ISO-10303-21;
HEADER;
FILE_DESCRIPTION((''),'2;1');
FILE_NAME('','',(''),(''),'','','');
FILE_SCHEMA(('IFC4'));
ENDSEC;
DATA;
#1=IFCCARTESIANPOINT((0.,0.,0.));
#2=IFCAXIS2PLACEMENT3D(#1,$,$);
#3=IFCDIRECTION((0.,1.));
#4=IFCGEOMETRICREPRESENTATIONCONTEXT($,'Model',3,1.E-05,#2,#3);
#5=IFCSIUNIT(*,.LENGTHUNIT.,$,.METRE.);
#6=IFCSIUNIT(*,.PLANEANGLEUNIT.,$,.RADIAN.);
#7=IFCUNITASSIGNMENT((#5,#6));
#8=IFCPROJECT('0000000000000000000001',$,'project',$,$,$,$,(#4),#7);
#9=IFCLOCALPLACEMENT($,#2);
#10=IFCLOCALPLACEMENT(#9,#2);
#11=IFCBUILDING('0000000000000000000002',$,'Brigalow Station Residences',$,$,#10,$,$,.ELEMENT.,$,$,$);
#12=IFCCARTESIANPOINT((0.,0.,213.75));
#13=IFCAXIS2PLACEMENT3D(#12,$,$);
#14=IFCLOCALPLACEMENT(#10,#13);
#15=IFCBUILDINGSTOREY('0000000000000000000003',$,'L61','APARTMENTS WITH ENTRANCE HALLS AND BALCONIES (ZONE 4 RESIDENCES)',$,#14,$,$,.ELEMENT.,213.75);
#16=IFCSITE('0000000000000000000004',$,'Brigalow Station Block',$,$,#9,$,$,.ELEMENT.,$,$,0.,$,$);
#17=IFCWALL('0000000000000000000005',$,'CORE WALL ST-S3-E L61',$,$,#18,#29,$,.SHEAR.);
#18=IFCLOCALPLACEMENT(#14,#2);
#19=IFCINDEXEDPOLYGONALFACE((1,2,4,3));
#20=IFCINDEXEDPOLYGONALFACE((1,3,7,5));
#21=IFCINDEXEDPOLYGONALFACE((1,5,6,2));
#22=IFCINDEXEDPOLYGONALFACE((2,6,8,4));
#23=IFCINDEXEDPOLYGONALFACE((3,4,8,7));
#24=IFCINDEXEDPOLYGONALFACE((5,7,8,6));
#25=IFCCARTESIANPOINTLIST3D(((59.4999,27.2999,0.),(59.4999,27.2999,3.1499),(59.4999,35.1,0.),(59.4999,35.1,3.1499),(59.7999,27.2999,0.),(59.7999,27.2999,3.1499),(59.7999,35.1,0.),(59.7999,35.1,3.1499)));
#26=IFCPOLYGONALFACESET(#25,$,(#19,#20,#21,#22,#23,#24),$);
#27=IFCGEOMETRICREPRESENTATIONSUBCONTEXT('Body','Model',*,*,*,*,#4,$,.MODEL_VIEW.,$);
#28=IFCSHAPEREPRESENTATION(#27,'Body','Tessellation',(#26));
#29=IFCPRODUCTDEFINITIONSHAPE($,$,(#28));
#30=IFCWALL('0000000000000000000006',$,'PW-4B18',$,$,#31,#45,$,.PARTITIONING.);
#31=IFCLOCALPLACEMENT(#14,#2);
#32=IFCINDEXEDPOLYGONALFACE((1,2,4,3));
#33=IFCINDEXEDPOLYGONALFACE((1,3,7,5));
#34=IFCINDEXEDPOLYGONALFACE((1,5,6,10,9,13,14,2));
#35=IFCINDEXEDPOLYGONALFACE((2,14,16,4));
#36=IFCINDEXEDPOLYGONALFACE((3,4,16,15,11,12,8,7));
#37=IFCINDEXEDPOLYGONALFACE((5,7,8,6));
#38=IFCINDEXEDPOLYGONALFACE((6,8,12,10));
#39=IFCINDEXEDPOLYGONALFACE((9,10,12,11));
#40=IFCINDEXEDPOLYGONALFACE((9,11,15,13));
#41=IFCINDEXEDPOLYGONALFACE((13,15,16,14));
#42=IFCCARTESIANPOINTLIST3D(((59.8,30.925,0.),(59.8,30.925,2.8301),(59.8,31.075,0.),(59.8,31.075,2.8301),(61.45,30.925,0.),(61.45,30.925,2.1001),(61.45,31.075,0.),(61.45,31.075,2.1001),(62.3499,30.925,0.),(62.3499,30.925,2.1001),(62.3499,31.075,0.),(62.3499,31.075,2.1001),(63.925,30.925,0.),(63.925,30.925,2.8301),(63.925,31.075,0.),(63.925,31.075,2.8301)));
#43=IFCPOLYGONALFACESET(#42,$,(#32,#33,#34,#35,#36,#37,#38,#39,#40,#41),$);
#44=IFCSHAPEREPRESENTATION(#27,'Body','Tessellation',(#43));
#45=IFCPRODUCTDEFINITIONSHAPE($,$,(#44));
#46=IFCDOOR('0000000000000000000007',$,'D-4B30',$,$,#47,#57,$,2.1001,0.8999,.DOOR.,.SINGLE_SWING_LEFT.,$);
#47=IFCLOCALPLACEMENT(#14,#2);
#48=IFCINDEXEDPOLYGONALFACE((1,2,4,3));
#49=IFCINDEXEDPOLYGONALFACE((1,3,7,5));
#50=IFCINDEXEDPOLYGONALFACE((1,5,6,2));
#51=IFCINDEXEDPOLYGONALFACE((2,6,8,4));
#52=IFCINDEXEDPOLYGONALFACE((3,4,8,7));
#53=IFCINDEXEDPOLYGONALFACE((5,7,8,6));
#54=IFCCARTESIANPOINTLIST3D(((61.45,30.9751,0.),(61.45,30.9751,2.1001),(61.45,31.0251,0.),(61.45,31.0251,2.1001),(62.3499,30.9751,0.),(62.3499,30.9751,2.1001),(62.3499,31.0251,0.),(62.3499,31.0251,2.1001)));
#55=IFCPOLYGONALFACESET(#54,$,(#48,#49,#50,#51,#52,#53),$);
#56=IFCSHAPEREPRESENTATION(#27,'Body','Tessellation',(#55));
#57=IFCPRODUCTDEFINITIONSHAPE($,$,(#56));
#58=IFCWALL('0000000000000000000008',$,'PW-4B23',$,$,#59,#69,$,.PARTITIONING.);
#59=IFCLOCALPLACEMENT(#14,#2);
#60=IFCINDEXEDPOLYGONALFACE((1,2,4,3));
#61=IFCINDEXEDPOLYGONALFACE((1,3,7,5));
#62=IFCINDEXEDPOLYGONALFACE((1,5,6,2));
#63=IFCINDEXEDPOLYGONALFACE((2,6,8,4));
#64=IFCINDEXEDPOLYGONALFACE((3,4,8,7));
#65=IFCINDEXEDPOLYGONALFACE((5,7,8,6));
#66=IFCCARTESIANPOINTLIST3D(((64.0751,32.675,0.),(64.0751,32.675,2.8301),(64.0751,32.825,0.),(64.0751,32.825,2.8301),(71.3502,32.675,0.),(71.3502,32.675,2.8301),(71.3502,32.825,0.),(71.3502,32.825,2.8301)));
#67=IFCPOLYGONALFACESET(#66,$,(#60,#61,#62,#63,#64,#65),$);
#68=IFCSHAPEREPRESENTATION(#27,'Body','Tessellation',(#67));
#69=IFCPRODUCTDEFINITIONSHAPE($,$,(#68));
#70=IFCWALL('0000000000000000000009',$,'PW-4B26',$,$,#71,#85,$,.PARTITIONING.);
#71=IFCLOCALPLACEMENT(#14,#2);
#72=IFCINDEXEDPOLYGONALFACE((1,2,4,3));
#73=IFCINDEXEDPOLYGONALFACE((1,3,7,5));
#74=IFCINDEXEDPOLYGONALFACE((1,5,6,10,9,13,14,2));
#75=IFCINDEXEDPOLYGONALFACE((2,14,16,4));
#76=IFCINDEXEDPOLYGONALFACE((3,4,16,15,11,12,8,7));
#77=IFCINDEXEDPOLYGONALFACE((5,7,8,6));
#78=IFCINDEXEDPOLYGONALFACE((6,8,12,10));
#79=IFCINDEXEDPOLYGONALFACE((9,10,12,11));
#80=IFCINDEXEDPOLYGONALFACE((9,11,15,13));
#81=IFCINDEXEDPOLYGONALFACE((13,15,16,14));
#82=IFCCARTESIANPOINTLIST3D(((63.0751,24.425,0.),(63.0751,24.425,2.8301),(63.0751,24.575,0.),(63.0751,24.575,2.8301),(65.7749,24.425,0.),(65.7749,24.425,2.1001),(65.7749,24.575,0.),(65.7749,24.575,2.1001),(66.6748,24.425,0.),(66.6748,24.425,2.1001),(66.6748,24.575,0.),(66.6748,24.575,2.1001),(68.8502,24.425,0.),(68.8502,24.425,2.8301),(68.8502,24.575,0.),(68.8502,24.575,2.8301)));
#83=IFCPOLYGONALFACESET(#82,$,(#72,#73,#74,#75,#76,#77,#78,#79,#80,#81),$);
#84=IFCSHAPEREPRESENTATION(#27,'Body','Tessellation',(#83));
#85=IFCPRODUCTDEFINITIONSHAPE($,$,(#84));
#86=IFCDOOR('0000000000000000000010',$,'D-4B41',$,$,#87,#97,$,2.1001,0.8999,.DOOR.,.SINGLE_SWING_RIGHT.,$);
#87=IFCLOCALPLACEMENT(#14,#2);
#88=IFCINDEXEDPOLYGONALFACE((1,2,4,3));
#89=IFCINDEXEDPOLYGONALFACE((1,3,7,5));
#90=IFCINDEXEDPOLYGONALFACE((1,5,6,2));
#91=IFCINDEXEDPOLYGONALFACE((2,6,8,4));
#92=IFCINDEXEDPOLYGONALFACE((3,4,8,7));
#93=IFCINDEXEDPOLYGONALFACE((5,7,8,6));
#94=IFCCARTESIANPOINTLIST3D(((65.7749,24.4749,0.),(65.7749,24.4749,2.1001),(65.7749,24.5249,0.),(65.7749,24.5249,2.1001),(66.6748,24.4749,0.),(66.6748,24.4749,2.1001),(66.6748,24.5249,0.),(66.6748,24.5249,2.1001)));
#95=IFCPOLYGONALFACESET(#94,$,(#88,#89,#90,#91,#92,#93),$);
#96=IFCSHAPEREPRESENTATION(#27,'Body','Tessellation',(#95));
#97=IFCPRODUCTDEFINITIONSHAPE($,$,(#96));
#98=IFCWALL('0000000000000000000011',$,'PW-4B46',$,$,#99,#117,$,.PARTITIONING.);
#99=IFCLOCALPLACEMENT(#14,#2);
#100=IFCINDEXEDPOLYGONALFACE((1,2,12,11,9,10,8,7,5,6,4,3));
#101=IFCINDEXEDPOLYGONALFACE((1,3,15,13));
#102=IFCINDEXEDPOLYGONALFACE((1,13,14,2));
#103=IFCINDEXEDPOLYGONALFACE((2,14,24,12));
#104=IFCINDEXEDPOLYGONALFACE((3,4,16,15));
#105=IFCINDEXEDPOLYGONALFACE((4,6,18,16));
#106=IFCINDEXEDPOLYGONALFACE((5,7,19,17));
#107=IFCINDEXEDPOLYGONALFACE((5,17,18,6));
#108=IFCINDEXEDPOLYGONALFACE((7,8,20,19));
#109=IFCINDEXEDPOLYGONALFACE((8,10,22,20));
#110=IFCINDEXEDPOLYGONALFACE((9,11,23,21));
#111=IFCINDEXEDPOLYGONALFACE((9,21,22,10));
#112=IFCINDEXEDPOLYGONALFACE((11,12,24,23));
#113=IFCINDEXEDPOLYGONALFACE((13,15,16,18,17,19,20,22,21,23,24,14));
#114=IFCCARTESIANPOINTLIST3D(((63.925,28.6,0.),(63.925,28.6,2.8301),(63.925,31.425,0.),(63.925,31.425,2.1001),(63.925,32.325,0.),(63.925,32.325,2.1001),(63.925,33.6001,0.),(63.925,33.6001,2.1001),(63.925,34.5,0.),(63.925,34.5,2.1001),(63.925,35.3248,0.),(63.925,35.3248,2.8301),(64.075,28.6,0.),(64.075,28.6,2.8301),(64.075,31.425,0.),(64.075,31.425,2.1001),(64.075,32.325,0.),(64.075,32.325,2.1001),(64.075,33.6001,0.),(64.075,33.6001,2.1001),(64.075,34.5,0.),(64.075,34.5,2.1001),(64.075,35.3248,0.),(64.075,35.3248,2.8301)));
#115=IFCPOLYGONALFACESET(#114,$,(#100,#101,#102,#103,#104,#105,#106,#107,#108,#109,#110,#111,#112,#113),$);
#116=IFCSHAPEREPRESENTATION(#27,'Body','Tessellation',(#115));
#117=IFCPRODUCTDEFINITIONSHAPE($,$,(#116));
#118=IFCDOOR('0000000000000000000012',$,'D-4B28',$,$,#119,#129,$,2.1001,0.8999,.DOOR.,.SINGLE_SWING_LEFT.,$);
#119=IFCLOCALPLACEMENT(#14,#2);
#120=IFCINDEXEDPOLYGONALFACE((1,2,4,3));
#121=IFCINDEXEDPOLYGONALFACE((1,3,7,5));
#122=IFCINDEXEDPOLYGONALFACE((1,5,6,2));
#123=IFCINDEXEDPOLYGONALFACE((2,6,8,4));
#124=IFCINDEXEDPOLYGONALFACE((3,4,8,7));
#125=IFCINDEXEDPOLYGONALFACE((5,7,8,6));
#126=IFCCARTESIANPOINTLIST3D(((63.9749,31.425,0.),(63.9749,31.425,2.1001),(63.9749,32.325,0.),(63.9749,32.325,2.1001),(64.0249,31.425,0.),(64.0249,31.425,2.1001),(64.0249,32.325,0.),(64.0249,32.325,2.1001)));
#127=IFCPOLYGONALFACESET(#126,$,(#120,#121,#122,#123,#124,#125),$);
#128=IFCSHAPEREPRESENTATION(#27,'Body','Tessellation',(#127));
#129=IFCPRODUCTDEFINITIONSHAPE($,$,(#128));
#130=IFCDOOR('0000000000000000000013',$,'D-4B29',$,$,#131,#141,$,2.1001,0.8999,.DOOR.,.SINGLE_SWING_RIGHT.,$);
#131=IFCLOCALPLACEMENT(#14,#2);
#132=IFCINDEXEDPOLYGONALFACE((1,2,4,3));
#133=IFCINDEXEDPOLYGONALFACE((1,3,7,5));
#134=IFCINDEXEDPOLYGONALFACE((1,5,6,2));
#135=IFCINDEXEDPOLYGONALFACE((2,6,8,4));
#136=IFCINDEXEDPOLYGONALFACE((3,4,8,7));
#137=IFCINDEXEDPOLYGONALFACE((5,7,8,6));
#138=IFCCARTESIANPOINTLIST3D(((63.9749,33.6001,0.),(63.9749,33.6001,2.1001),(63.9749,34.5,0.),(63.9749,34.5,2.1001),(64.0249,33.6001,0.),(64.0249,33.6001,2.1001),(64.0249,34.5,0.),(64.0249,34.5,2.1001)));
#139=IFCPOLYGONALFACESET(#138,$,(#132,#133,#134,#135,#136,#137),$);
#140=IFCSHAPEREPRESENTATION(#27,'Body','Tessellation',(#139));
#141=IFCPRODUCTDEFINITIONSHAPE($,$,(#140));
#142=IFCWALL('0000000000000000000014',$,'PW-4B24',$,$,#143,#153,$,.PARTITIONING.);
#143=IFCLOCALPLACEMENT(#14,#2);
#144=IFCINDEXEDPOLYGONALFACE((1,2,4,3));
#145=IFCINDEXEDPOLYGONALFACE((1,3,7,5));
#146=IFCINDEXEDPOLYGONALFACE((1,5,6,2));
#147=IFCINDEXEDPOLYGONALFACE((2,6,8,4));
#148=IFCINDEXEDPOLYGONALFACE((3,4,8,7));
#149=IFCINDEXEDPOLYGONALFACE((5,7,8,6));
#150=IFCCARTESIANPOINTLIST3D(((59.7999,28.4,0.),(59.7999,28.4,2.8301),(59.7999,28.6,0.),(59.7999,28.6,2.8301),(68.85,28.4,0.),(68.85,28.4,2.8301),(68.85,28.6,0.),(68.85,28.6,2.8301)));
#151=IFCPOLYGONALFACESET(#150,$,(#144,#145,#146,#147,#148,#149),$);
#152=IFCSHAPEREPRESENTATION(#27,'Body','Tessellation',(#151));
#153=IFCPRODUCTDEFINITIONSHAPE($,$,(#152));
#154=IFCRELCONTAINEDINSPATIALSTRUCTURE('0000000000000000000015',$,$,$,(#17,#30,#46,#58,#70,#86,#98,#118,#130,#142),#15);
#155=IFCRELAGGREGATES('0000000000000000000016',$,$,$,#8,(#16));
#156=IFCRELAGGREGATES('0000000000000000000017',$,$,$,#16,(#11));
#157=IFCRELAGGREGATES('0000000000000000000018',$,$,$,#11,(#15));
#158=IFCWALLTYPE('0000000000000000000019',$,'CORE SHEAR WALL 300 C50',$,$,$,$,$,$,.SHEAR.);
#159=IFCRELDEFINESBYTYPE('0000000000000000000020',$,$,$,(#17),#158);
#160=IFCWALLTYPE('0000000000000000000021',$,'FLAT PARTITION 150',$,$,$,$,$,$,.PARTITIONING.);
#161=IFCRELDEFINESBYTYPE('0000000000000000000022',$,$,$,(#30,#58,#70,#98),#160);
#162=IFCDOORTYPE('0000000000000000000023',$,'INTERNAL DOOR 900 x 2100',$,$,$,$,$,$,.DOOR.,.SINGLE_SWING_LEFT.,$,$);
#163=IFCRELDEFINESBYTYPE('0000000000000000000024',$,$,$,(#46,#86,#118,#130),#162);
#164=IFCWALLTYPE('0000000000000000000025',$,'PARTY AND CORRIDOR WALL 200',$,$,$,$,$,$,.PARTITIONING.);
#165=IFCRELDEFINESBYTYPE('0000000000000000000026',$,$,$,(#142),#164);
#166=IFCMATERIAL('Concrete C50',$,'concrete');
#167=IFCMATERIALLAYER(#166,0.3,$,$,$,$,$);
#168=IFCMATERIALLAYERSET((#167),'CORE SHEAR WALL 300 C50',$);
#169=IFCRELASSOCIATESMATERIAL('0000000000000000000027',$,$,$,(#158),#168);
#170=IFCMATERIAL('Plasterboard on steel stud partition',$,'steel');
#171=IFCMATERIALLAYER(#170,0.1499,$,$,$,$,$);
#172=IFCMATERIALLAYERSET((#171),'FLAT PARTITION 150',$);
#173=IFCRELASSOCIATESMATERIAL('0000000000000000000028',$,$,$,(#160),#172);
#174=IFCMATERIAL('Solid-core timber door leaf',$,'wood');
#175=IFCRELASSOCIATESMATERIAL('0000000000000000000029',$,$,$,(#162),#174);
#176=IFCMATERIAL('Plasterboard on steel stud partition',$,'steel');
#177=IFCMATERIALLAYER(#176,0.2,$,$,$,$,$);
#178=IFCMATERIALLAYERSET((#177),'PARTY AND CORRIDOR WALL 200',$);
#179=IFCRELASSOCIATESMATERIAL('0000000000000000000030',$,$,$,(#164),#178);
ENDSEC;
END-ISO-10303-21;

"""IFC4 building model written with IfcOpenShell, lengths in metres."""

from ifc_helpers import new_model, si_unit, direction, frame, frame_2d, origin, place, context, subcontext, project, spatial, rectangle, extrude, material, layer, layer_set, type_object, element, fill, save


model = new_model("IFC4")

# Units and contexts
model_context = context("Model", 3, precision=1e-05, world=origin(), true_north=direction((0.0, 1.0)))
body_context = subcontext(model_context, "Body", "Model", "MODEL_VIEW")
ifc_project = project(units=[si_unit("LENGTHUNIT", "METRE"), si_unit("PLANEANGLEUNIT", "RADIAN")], contexts=[model_context])

# Site, building, storey
site_placement = place(None, origin())
site = spatial("IfcSite", under=ifc_project, at=site_placement, Name="Brigalow Station Block", CompositionType="ELEMENT", RefElevation=0.0)
building_placement = place(site_placement, origin())
building = spatial("IfcBuilding", under=site, at=building_placement, Name="Brigalow Station Residences", CompositionType="ELEMENT")
storey_placement = place(building_placement, frame((0.0, 0.0, 213.75)))
storey = spatial("IfcBuildingStorey", under=building, at=storey_placement, Name="L61", Description="APARTMENTS WITH ENTRANCE HALLS AND BALCONIES (ZONE 4 RESIDENCES)", CompositionType="ELEMENT", Elevation=213.75)

# Wall
ifc_material_1 = material(Name="Concrete C50", Category="concrete")
ifc_layer_1 = layer(ifc_material_1, 0.3)
ifc_layer_set_1 = layer_set([ifc_layer_1], Name="CORE SHEAR WALL 300 C50")
wall_type_1 = type_object("IfcWallType", Name="CORE SHEAR WALL 300 C50", PredefinedType="SHEAR", material=ifc_layer_set_1)
for number, where, z_axis, x_axis, name in (
    (1, (59.6499, 27.3, 0.0), (0.0, 0.0, 1.0), (0.0, 1.0, 0.0), "CORE WALL ST-S3-E L61"),
):
    element("IfcWall", number, at=place(storey_placement, frame(where, z_axis=z_axis, x_axis=x_axis)), inside=storey, type_object=wall_type_1, Name=name, PredefinedType="SHEAR", context=body_context, shape_type="SweptSolid", body=[
        extrude(rectangle(XDim=7.8, YDim=0.3, at=frame_2d((3.8999, 0.0))), origin(), (0.0, 0.0, 1.0), 3.1499),
    ])

# Wall, opening, door
ifc_material_2 = material(Name="Plasterboard on steel stud partition", Category="steel")
ifc_layer_2 = layer(ifc_material_2, 0.1499)
ifc_layer_set_2 = layer_set([ifc_layer_2], Name="FLAT PARTITION 150")
wall_type_2 = type_object("IfcWallType", Name="FLAT PARTITION 150", PredefinedType="PARTITIONING", material=ifc_layer_set_2)
wall_1_placement = place(storey_placement, frame((59.8, 31.0, 0.0), z_axis=(0.0, 0.0, 1.0), x_axis=(1.0, 0.0, 0.0)))
wall_1 = element("IfcWall", 2, at=wall_1_placement, inside=storey, type_object=wall_type_2, Name="PW-4B18", PredefinedType="PARTITIONING", context=body_context, shape_type="SweptSolid", body=[
    extrude(rectangle(XDim=4.125, YDim=0.1499, at=frame_2d((2.0625, 0.0))), origin(), (0.0, 0.0, 1.0), 2.8301),
])
opening_1_placement = place(wall_1_placement, frame((1.6499, 0.0, 0.0)))
opening_1 = element("IfcOpeningElement", 3, at=opening_1_placement, cuts=wall_1, PredefinedType="OPENING", context=body_context, shape_type="SweptSolid", body=[
    extrude(rectangle(XDim=0.8999, YDim=2.1001, at=frame_2d((0.45, 1.05))), frame((0.0, 0.085, 0.0), z_axis=(0.0, -1.0, 0.0), x_axis=(1.0, 0.0, 0.0)), (0.0, 0.0, 1.0), 0.1699),
])
ifc_material_3 = material(Name="Solid-core timber door leaf", Category="wood")
door_type_1 = type_object("IfcDoorType", Name="INTERNAL DOOR 900 x 2100", OperationType="SINGLE_SWING_LEFT", PredefinedType="DOOR", material=ifc_material_3)
door_1_placement = place(opening_1_placement, frame((0.8999, 0.0, 0.0), z_axis=(0.0, 0.0, 1.0), x_axis=(-1.0, 0.0, 0.0)))
door_1 = element("IfcDoor", 4, at=door_1_placement, inside=storey, type_object=door_type_1, Name="D-4B30", OperationType="SINGLE_SWING_LEFT", OverallHeight=2.1001, OverallWidth=0.8999, PredefinedType="DOOR", context=body_context, shape_type="SweptSolid", body=[
    extrude(rectangle(XDim=0.8999, YDim=2.1001, at=frame_2d((0.45, 1.05))), frame((0.0, 0.0249, 0.0), z_axis=(0.0, -1.0, 0.0), x_axis=(1.0, 0.0, 0.0)), (0.0, 0.0, 1.0), 0.05),
])
fill(opening_1, door_1)

# Wall
wall_2_placement = place(storey_placement, frame((64.075, 32.75, 0.0), z_axis=(0.0, 0.0, 1.0), x_axis=(1.0, 0.0, 0.0)))
element("IfcWall", 5, at=wall_2_placement, inside=storey, type_object=wall_type_2, Name="PW-4B23", PredefinedType="PARTITIONING", context=body_context, shape_type="SweptSolid", body=[
    extrude(rectangle(XDim=7.2751, YDim=0.1499, at=frame_2d((3.6377, 0.0))), origin(), (0.0, 0.0, 1.0), 2.8301),
])

# Wall, opening, door
wall_3_placement = place(storey_placement, frame((63.075, 24.5, 0.0), z_axis=(0.0, 0.0, 1.0), x_axis=(1.0, 0.0, 0.0)))
wall_3 = element("IfcWall", 6, at=wall_3_placement, inside=storey, type_object=wall_type_2, Name="PW-4B26", PredefinedType="PARTITIONING", context=body_context, shape_type="SweptSolid", body=[
    extrude(rectangle(XDim=5.7751, YDim=0.1499, at=frame_2d((2.8877, 0.0))), origin(), (0.0, 0.0, 1.0), 2.8301),
])
opening_2_placement = place(wall_3_placement, frame((2.7, 0.0, 0.0)))
opening_2 = element("IfcOpeningElement", 7, at=opening_2_placement, cuts=wall_3, PredefinedType="OPENING", context=body_context, shape_type="SweptSolid", body=[
    extrude(rectangle(XDim=0.8999, YDim=2.1001, at=frame_2d((0.45, 1.05))), frame((0.0, 0.085, 0.0), z_axis=(0.0, -1.0, 0.0), x_axis=(1.0, 0.0, 0.0)), (0.0, 0.0, 1.0), 0.1699),
])
door_2_placement = place(opening_2_placement, origin())
door_2 = element("IfcDoor", 8, at=door_2_placement, inside=storey, type_object=door_type_1, Name="D-4B41", OperationType="SINGLE_SWING_RIGHT", OverallHeight=2.1001, OverallWidth=0.8999, PredefinedType="DOOR", context=body_context, shape_type="SweptSolid", body=[
    extrude(rectangle(XDim=0.8999, YDim=2.1001, at=frame_2d((0.45, 1.05))), frame((0.0, 0.0249, 0.0), z_axis=(0.0, -1.0, 0.0), x_axis=(1.0, 0.0, 0.0)), (0.0, 0.0, 1.0), 0.05),
])
fill(opening_2, door_2)

# Wall, openings, doors
wall_4_placement = place(storey_placement, frame((64.0, 28.6001, 0.0), z_axis=(0.0, 0.0, 1.0), x_axis=(0.0, 1.0, 0.0)))
wall_4 = element("IfcWall", 9, at=wall_4_placement, inside=storey, type_object=wall_type_2, Name="PW-4B46", PredefinedType="PARTITIONING", context=body_context, shape_type="SweptSolid", body=[
    extrude(rectangle(XDim=6.7249, YDim=0.1499, at=frame_2d((3.3623, 0.0))), origin(), (0.0, 0.0, 1.0), 2.8301),
])
opening_3_placement = place(wall_4_placement, frame((2.825, 0.0, 0.0)))
opening_3 = element("IfcOpeningElement", 10, at=opening_3_placement, cuts=wall_4, PredefinedType="OPENING", context=body_context, shape_type="SweptSolid", body=[
    extrude(rectangle(XDim=0.8999, YDim=2.1001, at=frame_2d((0.45, 1.05))), frame((0.0, 0.085, 0.0), z_axis=(0.0, -1.0, 0.0), x_axis=(1.0, 0.0, 0.0)), (0.0, 0.0, 1.0), 0.1699),
])
opening_4_placement = place(wall_4_placement, frame((5.0, 0.0, 0.0)))
opening_4 = element("IfcOpeningElement", 11, at=opening_4_placement, cuts=wall_4, PredefinedType="OPENING", context=body_context, shape_type="SweptSolid", body=[
    extrude(rectangle(XDim=0.8999, YDim=2.1001, at=frame_2d((0.45, 1.05))), frame((0.0, 0.085, 0.0), z_axis=(0.0, -1.0, 0.0), x_axis=(1.0, 0.0, 0.0)), (0.0, 0.0, 1.0), 0.1699),
])
door_3_placement = place(opening_3_placement, frame((0.8999, 0.0, 0.0), z_axis=(0.0, 0.0, 1.0), x_axis=(-1.0, 0.0, 0.0)))
door_3 = element("IfcDoor", 12, at=door_3_placement, inside=storey, type_object=door_type_1, Name="D-4B28", OperationType="SINGLE_SWING_LEFT", OverallHeight=2.1001, OverallWidth=0.8999, PredefinedType="DOOR", context=body_context, shape_type="SweptSolid", body=[
    extrude(rectangle(XDim=0.8999, YDim=2.1001, at=frame_2d((0.45, 1.05))), frame((0.0, 0.0249, 0.0), z_axis=(0.0, -1.0, 0.0), x_axis=(1.0, 0.0, 0.0)), (0.0, 0.0, 1.0), 0.05),
])
fill(opening_3, door_3)
door_4_placement = place(opening_4_placement, frame((0.8999, 0.0, 0.0), z_axis=(0.0, 0.0, 1.0), x_axis=(-1.0, 0.0, 0.0)))
door_4 = element("IfcDoor", 13, at=door_4_placement, inside=storey, type_object=door_type_1, Name="D-4B29", OperationType="SINGLE_SWING_RIGHT", OverallHeight=2.1001, OverallWidth=0.8999, PredefinedType="DOOR", context=body_context, shape_type="SweptSolid", body=[
    extrude(rectangle(XDim=0.8999, YDim=2.1001, at=frame_2d((0.45, 1.05))), frame((0.0, 0.0249, 0.0), z_axis=(0.0, -1.0, 0.0), x_axis=(1.0, 0.0, 0.0)), (0.0, 0.0, 1.0), 0.05),
])
fill(opening_4, door_4)

# Wall
ifc_material_4 = material(Name="Plasterboard on steel stud partition", Category="steel")
ifc_layer_3 = layer(ifc_material_4, 0.2)
ifc_layer_set_3 = layer_set([ifc_layer_3], Name="PARTY AND CORRIDOR WALL 200")
wall_type_3 = type_object("IfcWallType", Name="PARTY AND CORRIDOR WALL 200", PredefinedType="PARTITIONING", material=ifc_layer_set_3)
wall_5_placement = place(storey_placement, frame((59.8, 28.5, 0.0), z_axis=(0.0, 0.0, 1.0), x_axis=(1.0, 0.0, 0.0)))
element("IfcWall", 14, at=wall_5_placement, inside=storey, type_object=wall_type_3, Name="PW-4B24", PredefinedType="PARTITIONING", context=body_context, shape_type="SweptSolid", body=[
    extrude(rectangle(XDim=9.05, YDim=0.2, at=frame_2d((4.5249, 0.0))), origin(), (0.0, 0.0, 1.0), 2.8301),
])

save(model, "model.ifc")
